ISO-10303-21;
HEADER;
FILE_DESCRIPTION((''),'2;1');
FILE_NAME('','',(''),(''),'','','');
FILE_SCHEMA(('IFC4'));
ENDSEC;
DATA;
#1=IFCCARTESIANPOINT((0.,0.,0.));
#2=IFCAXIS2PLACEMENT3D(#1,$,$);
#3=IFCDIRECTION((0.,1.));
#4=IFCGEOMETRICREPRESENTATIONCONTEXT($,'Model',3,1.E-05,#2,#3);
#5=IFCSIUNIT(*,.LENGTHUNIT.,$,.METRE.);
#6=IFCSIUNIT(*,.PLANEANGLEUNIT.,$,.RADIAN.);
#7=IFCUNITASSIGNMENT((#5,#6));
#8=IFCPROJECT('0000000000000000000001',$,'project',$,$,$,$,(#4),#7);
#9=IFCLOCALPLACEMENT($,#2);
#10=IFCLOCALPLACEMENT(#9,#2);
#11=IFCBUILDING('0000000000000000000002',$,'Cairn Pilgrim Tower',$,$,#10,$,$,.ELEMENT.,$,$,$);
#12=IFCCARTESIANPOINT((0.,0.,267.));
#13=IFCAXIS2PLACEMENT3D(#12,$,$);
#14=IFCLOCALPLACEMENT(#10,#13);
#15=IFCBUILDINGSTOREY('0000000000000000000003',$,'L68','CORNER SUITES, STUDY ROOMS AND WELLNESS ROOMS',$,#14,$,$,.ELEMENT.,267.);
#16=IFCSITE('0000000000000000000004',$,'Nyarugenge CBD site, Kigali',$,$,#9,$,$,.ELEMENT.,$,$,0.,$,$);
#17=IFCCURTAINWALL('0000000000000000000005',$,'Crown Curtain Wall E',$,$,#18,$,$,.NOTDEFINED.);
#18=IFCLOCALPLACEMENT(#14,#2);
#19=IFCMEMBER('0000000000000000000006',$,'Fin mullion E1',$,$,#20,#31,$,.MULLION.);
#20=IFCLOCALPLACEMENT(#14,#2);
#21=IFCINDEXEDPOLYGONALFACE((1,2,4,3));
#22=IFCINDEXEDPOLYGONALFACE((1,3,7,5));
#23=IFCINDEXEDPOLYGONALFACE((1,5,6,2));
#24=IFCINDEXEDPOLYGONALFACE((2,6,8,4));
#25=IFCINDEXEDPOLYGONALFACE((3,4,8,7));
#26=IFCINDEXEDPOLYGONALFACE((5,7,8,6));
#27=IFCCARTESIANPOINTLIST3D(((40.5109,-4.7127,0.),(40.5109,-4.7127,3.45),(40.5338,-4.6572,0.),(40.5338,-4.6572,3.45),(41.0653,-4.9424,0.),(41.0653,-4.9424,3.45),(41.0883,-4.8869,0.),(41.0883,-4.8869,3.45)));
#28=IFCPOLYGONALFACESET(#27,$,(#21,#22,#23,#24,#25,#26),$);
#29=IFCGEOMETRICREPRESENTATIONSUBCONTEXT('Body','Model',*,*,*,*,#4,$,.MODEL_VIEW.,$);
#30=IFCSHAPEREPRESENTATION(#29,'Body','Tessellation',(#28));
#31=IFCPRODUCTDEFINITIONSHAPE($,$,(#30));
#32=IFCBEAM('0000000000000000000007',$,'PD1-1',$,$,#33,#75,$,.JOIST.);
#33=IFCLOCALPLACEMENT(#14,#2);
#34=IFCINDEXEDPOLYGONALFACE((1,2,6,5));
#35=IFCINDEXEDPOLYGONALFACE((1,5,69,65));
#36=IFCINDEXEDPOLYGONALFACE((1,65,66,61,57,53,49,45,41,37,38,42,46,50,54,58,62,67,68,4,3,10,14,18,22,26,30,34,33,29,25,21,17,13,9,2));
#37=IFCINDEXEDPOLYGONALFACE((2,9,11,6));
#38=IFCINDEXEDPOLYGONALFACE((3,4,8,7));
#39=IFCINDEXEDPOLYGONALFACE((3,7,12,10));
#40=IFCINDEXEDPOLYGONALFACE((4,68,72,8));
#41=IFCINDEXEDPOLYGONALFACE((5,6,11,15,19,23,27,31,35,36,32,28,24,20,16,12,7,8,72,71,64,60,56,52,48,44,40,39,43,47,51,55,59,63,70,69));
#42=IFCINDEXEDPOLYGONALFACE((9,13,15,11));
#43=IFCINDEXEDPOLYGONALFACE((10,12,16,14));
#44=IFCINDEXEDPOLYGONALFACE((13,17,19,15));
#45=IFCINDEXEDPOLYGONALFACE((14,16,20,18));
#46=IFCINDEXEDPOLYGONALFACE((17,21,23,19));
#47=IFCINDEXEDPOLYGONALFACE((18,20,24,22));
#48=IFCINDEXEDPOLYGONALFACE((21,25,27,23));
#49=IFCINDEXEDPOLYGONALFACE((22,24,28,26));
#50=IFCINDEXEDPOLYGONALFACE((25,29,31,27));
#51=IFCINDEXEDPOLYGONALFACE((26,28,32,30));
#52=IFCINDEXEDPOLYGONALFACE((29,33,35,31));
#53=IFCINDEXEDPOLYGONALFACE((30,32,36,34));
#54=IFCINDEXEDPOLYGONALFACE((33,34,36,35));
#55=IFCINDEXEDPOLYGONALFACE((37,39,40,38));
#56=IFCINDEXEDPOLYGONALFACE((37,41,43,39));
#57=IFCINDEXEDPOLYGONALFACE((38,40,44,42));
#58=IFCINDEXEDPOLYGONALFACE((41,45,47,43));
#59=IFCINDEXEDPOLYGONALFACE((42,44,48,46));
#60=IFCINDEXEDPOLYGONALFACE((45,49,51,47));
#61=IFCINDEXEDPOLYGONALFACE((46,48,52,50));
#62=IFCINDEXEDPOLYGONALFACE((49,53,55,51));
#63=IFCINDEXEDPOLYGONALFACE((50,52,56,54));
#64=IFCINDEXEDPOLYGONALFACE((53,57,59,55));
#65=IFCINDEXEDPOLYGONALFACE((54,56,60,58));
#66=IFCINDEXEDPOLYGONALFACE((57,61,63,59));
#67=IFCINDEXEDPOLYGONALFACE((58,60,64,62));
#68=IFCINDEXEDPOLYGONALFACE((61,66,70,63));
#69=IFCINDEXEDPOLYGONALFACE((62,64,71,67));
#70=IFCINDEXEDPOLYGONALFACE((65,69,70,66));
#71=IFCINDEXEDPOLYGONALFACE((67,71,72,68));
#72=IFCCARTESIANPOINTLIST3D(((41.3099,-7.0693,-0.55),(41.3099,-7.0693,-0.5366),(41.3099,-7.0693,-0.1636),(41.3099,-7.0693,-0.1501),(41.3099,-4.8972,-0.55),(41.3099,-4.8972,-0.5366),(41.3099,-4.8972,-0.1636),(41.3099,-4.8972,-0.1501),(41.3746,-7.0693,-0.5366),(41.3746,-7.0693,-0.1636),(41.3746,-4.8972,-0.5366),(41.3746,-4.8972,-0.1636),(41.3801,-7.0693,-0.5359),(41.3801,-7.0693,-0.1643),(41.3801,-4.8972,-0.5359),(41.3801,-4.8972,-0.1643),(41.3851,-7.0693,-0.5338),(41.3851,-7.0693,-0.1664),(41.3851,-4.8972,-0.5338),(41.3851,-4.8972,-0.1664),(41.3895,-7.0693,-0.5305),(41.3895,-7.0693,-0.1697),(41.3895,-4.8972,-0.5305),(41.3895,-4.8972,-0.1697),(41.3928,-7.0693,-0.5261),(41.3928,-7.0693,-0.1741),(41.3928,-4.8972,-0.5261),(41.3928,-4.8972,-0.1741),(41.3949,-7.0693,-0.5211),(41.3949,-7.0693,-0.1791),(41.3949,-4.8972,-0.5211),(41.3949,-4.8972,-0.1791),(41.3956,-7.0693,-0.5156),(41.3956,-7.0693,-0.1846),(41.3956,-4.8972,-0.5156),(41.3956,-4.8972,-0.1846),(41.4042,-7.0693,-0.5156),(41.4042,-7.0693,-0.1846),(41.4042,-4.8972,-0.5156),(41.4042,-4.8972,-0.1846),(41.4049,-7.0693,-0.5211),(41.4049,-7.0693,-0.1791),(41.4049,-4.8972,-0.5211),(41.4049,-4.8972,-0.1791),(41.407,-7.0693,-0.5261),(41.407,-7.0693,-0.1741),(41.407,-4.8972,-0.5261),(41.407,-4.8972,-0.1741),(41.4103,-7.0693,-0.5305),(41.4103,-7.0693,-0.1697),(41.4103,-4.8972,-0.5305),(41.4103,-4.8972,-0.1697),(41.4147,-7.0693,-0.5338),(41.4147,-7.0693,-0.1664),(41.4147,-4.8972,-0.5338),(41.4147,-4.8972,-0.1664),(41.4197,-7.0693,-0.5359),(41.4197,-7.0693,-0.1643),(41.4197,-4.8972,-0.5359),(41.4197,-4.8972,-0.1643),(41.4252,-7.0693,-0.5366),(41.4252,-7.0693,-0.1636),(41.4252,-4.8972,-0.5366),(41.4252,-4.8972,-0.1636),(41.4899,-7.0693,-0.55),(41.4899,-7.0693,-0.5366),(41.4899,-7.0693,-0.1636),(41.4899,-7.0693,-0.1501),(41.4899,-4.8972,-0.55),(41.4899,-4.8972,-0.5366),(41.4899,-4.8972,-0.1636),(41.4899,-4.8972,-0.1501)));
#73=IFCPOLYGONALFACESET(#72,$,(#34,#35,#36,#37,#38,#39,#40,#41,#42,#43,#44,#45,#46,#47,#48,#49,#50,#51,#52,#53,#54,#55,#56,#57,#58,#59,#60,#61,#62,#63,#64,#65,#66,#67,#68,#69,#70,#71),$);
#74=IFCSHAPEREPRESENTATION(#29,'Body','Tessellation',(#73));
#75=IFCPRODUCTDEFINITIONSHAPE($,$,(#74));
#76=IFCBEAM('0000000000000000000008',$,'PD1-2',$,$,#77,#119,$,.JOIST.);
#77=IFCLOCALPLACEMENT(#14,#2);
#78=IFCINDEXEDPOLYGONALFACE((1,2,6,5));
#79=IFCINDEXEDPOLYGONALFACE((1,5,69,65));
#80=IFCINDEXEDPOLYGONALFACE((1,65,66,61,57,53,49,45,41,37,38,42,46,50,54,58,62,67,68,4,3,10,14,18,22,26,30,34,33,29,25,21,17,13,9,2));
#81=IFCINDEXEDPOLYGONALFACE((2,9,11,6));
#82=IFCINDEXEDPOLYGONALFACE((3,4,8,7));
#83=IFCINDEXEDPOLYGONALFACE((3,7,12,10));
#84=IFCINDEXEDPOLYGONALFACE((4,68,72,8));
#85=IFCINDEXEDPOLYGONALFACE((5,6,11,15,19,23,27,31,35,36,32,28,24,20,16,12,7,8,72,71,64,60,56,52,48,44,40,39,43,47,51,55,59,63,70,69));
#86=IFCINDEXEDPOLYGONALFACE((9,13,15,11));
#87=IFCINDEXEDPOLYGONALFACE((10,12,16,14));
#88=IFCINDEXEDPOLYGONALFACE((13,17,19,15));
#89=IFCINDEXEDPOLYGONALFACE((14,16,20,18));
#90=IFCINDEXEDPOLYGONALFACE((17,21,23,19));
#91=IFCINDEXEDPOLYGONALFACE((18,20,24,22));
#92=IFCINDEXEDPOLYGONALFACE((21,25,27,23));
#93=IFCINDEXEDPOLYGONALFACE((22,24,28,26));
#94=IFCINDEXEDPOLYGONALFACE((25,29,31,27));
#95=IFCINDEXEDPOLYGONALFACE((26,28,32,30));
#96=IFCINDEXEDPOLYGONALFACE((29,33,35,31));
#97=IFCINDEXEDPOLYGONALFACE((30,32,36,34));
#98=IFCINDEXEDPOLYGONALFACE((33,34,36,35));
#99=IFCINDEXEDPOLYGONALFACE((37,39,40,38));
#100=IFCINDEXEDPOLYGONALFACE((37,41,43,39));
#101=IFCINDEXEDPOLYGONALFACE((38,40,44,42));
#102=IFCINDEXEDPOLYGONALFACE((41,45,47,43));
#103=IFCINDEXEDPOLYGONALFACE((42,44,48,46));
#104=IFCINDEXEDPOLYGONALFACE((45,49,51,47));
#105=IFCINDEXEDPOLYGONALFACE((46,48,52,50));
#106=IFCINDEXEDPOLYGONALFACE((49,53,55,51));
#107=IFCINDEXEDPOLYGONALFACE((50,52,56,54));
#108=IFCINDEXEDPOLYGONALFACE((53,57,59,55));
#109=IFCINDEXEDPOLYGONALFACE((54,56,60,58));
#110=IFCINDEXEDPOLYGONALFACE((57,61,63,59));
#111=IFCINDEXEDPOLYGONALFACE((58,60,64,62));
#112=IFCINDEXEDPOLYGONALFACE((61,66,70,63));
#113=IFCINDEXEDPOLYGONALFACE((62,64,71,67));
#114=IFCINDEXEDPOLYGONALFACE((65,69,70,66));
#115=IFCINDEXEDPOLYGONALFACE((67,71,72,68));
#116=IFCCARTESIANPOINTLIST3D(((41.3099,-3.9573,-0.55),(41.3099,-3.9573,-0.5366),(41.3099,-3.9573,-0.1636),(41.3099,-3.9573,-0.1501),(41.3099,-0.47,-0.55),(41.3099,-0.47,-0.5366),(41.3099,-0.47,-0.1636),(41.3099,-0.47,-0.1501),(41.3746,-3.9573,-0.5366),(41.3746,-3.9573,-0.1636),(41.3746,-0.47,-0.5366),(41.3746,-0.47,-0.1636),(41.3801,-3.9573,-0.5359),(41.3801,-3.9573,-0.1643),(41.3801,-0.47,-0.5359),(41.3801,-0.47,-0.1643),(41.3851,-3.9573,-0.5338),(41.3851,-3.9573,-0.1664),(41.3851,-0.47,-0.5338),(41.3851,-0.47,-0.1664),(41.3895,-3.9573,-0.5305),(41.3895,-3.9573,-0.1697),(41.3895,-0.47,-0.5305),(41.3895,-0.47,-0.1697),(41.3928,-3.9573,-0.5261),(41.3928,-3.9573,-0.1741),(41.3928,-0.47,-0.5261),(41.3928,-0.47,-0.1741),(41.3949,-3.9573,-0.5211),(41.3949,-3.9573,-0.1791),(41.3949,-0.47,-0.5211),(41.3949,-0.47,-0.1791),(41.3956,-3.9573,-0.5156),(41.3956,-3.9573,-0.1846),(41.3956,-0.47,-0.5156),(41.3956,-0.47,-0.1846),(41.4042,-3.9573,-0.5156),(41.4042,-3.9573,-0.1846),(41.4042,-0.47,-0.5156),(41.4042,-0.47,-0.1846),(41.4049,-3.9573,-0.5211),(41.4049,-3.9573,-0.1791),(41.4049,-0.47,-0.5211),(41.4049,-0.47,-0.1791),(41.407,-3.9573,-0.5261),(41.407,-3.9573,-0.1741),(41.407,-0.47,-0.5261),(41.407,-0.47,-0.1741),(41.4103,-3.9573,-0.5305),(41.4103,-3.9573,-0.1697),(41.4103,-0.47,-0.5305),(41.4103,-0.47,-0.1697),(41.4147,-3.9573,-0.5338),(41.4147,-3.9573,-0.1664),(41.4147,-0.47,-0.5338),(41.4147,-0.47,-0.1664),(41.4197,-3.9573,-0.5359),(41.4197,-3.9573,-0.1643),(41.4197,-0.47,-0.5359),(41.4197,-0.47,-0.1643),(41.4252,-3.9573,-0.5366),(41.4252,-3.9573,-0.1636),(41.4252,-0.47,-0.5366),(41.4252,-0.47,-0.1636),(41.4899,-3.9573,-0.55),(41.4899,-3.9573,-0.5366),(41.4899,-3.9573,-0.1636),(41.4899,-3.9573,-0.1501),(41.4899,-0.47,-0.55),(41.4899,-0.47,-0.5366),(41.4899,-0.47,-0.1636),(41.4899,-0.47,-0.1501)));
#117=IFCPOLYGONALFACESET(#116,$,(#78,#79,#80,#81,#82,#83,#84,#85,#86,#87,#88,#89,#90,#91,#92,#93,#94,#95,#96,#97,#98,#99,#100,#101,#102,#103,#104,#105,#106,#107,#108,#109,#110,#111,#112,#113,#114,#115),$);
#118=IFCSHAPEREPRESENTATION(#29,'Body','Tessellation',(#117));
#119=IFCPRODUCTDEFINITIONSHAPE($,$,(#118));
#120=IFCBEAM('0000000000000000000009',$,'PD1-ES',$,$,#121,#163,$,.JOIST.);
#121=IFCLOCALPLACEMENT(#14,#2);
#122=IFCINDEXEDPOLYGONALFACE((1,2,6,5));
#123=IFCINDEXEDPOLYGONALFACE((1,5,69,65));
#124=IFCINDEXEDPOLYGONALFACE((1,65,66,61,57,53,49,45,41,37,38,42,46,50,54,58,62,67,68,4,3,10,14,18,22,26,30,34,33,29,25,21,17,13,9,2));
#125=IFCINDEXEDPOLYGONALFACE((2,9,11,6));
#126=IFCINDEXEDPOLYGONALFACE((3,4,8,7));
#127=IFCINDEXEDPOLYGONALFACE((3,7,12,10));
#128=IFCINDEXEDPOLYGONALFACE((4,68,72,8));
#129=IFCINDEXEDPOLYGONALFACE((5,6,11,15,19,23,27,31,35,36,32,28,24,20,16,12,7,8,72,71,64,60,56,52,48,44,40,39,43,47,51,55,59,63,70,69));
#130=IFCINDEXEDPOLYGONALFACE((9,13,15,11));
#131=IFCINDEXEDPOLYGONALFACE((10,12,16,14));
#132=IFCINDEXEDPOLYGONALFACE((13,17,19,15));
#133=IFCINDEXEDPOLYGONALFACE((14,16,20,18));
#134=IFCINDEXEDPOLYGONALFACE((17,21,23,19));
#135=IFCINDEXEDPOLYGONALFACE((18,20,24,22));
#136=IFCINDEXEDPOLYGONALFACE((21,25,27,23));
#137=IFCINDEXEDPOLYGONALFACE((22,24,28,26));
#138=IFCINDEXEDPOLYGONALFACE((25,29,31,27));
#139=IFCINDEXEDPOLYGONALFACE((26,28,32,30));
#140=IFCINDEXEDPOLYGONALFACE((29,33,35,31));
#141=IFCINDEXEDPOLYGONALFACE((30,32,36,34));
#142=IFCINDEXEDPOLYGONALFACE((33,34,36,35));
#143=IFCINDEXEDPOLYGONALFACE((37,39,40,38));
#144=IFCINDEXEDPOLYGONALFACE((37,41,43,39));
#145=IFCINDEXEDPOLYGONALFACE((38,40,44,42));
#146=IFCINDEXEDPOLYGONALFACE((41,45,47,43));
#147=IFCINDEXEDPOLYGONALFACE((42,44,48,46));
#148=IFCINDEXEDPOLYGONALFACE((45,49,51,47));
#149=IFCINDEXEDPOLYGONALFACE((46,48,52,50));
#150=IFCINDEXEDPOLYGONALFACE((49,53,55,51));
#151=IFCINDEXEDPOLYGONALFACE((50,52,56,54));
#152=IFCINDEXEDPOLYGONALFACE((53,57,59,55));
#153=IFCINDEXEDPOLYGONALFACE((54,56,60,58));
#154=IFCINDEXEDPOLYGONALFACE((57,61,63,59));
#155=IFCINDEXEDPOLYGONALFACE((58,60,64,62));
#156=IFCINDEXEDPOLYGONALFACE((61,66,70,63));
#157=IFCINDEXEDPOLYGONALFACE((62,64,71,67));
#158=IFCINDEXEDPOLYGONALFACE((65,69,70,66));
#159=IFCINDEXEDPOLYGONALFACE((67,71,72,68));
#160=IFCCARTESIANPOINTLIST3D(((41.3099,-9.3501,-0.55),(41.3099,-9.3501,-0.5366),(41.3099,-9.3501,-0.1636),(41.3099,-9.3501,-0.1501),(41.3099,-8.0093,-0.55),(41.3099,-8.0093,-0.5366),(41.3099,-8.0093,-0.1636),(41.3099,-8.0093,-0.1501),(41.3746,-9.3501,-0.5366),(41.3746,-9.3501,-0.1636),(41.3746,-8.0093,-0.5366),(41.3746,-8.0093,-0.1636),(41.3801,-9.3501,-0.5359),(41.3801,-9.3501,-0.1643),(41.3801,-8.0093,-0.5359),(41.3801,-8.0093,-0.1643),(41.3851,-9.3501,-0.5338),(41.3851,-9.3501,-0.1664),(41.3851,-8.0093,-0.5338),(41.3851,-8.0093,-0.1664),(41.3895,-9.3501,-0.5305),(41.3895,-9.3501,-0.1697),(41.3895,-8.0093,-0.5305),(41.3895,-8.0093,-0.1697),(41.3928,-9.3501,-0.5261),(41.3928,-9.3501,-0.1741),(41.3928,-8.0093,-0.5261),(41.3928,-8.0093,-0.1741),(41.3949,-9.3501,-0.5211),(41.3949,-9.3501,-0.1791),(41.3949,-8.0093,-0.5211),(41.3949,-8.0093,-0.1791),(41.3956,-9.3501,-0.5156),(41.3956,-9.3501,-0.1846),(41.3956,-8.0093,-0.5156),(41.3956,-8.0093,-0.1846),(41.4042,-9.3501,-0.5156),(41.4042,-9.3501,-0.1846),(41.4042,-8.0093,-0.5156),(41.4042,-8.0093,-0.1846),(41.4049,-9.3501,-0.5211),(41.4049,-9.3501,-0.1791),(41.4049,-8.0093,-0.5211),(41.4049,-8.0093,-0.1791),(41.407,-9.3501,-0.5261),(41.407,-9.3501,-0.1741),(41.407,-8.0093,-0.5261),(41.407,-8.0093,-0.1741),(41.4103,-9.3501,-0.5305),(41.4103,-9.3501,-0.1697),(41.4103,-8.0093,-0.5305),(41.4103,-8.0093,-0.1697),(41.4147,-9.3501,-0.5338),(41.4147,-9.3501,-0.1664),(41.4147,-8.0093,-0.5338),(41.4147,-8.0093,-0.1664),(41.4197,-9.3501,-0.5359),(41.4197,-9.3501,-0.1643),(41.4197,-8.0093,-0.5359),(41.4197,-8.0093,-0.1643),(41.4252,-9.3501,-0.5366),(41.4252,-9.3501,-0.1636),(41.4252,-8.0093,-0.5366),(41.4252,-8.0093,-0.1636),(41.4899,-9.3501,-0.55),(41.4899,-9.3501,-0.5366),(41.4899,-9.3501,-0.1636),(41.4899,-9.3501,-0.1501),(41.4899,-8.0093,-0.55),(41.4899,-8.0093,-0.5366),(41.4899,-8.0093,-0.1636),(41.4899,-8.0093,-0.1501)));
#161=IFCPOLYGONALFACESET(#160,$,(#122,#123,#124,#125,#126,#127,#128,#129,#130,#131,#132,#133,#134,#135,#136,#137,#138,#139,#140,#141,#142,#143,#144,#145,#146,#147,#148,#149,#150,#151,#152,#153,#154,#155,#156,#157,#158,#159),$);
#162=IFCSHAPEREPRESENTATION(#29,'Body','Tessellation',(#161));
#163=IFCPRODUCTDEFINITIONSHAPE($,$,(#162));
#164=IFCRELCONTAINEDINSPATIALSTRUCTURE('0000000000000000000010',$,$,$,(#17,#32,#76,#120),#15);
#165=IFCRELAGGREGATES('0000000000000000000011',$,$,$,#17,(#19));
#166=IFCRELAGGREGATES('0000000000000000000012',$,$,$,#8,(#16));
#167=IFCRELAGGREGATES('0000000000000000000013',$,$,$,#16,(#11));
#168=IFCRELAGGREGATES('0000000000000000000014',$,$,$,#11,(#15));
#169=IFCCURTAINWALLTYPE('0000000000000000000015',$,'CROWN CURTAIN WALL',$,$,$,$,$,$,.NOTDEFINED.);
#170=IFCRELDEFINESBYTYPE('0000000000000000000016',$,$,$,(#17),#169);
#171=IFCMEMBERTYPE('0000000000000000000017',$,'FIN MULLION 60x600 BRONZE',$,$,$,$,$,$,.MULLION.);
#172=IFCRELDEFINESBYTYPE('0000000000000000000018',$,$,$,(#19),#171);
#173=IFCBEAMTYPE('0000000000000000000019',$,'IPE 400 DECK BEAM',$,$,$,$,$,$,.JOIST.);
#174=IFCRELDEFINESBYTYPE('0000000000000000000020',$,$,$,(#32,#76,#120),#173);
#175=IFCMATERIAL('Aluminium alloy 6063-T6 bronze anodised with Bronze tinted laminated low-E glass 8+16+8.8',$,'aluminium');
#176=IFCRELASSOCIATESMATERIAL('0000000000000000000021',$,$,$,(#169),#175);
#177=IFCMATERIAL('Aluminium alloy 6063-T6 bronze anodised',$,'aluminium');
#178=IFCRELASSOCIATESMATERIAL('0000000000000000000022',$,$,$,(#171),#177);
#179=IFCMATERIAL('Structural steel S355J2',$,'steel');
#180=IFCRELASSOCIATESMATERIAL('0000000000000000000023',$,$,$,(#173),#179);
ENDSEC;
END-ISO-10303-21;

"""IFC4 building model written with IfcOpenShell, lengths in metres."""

from ifc_helpers import new_model, si_unit, direction, frame, origin, origin_2d, place, context, subcontext, project, spatial, rectangle, i_section, extrude, material, material_profile, profile_set, type_object, element, aggregate, save


model = new_model("IFC4")

# Units and contexts
model_context = context("Model", 3, precision=1e-05, world=origin(), true_north=direction((0.0, 1.0)))
body_context = subcontext(model_context, "Body", "Model", "MODEL_VIEW")
ifc_project = project(units=[si_unit("LENGTHUNIT", "METRE"), si_unit("PLANEANGLEUNIT", "RADIAN")], contexts=[model_context])

# Site, building, storey
site_placement = place(None, origin())
site = spatial("IfcSite", under=ifc_project, at=site_placement, Name="Nyarugenge CBD site, Kigali", CompositionType="ELEMENT", RefElevation=0.0)
building_placement = place(site_placement, origin())
building = spatial("IfcBuilding", under=site, at=building_placement, Name="Cairn Pilgrim Tower", CompositionType="ELEMENT")
storey_placement = place(building_placement, frame((0.0, 0.0, 267.0)))
storey = spatial("IfcBuildingStorey", under=building, at=storey_placement, Name="L68", Description="CORNER SUITES, STUDY ROOMS AND WELLNESS ROOMS", CompositionType="ELEMENT", Elevation=267.0)

# Curtain wall, member
ifc_material_1 = material(Name="Aluminium alloy 6063-T6 bronze anodised with Bronze tinted laminated low-E glass 8+16+8.8", Category="aluminium")
curtain_wall_type = type_object("IfcCurtainWallType", Name="CROWN CURTAIN WALL", PredefinedType="NOTDEFINED", material=ifc_material_1)
curtain_wall_placement = place(storey_placement, origin())
curtain_wall = element("IfcCurtainWall", 1, at=curtain_wall_placement, inside=storey, type_object=curtain_wall_type, Name="Crown Curtain Wall E", PredefinedType="NOTDEFINED")
ifc_material_2 = material(Name="Aluminium alloy 6063-T6 bronze anodised", Category="aluminium")
ifc_material_profile_1 = material_profile(ifc_material_2, rectangle(XDim=0.6001, YDim=0.0601, at=origin_2d()), Name="FIN MULLION 60x600 BRONZE")
ifc_profile_set_1 = profile_set([ifc_material_profile_1], Name="Aluminium alloy 6063-T6 bronze anodised")
member_type_1 = type_object("IfcMemberType", Name="FIN MULLION 60x600 BRONZE", PredefinedType="MULLION", material=ifc_profile_set_1)
member_1_placement = place(storey_placement, frame((40.7996, -4.7998, 0.0), z_axis=(0.0, 0.0, 1.0), x_axis=(0.92388, -0.382683, 0.0)))
member_1 = element("IfcMember", 2, at=member_1_placement, type_object=member_type_1, Name="Fin mullion E1", PredefinedType="MULLION", context=body_context, shape_type="SweptSolid", body=[
    extrude(rectangle(XDim=0.6001, YDim=0.0601, at=origin_2d()), origin(), (0.0, 0.0, 1.0), 3.45),
])

# Beams
ifc_material_3 = material(Name="Structural steel S355J2", Category="steel")
ifc_material_profile_2 = material_profile(ifc_material_3, i_section(OverallWidth=0.1799, OverallDepth=0.3999, WebThickness=0.0085, FlangeThickness=0.0134, FilletRadius=0.021, at=origin_2d()), Name="IPE 400")
ifc_profile_set_2 = profile_set([ifc_material_profile_2], Name="Structural steel S355J2")
beam_type = type_object("IfcBeamType", Name="IPE 400 DECK BEAM", PredefinedType="JOIST", material=ifc_profile_set_2)
beam_1_placement = place(storey_placement, frame((41.3999, -7.0693, -0.3501), z_axis=(0.0, 1.0, 0.0), x_axis=(-1.0, 0.0, 0.0)))
element("IfcBeam", 3, at=beam_1_placement, inside=storey, type_object=beam_type, Name="PD1-1", PredefinedType="JOIST", context=body_context, shape_type="SweptSolid", body=[
    extrude(i_section(OverallWidth=0.1799, OverallDepth=0.3999, WebThickness=0.0085, FlangeThickness=0.0134, FilletRadius=0.021, at=origin_2d()), origin(), (0.0, 0.0, 1.0), 2.1721),
])
beam_2_placement = place(storey_placement, frame((41.3999, -3.9573, -0.3501), z_axis=(0.0, 1.0, 0.0), x_axis=(-1.0, 0.0, 0.0)))
element("IfcBeam", 4, at=beam_2_placement, inside=storey, type_object=beam_type, Name="PD1-2", PredefinedType="JOIST", context=body_context, shape_type="SweptSolid", body=[
    extrude(i_section(OverallWidth=0.1799, OverallDepth=0.3999, WebThickness=0.0085, FlangeThickness=0.0134, FilletRadius=0.021, at=origin_2d()), origin(), (0.0, 0.0, 1.0), 3.4873),
])
beam_3_placement = place(storey_placement, frame((41.3999, -8.0093, -0.3501), z_axis=(0.0, -1.0, 0.0), x_axis=(1.0, 0.0, 0.0)))
element("IfcBeam", 5, at=beam_3_placement, inside=storey, type_object=beam_type, Name="PD1-ES", PredefinedType="JOIST", context=body_context, shape_type="SweptSolid", body=[
    extrude(i_section(OverallWidth=0.1799, OverallDepth=0.3999, WebThickness=0.0085, FlangeThickness=0.0134, FilletRadius=0.021, at=origin_2d()), origin(), (0.0, 0.0, 1.0), 1.3408),
])

aggregate(curtain_wall, [member_1])

save(model, "model.ifc")
